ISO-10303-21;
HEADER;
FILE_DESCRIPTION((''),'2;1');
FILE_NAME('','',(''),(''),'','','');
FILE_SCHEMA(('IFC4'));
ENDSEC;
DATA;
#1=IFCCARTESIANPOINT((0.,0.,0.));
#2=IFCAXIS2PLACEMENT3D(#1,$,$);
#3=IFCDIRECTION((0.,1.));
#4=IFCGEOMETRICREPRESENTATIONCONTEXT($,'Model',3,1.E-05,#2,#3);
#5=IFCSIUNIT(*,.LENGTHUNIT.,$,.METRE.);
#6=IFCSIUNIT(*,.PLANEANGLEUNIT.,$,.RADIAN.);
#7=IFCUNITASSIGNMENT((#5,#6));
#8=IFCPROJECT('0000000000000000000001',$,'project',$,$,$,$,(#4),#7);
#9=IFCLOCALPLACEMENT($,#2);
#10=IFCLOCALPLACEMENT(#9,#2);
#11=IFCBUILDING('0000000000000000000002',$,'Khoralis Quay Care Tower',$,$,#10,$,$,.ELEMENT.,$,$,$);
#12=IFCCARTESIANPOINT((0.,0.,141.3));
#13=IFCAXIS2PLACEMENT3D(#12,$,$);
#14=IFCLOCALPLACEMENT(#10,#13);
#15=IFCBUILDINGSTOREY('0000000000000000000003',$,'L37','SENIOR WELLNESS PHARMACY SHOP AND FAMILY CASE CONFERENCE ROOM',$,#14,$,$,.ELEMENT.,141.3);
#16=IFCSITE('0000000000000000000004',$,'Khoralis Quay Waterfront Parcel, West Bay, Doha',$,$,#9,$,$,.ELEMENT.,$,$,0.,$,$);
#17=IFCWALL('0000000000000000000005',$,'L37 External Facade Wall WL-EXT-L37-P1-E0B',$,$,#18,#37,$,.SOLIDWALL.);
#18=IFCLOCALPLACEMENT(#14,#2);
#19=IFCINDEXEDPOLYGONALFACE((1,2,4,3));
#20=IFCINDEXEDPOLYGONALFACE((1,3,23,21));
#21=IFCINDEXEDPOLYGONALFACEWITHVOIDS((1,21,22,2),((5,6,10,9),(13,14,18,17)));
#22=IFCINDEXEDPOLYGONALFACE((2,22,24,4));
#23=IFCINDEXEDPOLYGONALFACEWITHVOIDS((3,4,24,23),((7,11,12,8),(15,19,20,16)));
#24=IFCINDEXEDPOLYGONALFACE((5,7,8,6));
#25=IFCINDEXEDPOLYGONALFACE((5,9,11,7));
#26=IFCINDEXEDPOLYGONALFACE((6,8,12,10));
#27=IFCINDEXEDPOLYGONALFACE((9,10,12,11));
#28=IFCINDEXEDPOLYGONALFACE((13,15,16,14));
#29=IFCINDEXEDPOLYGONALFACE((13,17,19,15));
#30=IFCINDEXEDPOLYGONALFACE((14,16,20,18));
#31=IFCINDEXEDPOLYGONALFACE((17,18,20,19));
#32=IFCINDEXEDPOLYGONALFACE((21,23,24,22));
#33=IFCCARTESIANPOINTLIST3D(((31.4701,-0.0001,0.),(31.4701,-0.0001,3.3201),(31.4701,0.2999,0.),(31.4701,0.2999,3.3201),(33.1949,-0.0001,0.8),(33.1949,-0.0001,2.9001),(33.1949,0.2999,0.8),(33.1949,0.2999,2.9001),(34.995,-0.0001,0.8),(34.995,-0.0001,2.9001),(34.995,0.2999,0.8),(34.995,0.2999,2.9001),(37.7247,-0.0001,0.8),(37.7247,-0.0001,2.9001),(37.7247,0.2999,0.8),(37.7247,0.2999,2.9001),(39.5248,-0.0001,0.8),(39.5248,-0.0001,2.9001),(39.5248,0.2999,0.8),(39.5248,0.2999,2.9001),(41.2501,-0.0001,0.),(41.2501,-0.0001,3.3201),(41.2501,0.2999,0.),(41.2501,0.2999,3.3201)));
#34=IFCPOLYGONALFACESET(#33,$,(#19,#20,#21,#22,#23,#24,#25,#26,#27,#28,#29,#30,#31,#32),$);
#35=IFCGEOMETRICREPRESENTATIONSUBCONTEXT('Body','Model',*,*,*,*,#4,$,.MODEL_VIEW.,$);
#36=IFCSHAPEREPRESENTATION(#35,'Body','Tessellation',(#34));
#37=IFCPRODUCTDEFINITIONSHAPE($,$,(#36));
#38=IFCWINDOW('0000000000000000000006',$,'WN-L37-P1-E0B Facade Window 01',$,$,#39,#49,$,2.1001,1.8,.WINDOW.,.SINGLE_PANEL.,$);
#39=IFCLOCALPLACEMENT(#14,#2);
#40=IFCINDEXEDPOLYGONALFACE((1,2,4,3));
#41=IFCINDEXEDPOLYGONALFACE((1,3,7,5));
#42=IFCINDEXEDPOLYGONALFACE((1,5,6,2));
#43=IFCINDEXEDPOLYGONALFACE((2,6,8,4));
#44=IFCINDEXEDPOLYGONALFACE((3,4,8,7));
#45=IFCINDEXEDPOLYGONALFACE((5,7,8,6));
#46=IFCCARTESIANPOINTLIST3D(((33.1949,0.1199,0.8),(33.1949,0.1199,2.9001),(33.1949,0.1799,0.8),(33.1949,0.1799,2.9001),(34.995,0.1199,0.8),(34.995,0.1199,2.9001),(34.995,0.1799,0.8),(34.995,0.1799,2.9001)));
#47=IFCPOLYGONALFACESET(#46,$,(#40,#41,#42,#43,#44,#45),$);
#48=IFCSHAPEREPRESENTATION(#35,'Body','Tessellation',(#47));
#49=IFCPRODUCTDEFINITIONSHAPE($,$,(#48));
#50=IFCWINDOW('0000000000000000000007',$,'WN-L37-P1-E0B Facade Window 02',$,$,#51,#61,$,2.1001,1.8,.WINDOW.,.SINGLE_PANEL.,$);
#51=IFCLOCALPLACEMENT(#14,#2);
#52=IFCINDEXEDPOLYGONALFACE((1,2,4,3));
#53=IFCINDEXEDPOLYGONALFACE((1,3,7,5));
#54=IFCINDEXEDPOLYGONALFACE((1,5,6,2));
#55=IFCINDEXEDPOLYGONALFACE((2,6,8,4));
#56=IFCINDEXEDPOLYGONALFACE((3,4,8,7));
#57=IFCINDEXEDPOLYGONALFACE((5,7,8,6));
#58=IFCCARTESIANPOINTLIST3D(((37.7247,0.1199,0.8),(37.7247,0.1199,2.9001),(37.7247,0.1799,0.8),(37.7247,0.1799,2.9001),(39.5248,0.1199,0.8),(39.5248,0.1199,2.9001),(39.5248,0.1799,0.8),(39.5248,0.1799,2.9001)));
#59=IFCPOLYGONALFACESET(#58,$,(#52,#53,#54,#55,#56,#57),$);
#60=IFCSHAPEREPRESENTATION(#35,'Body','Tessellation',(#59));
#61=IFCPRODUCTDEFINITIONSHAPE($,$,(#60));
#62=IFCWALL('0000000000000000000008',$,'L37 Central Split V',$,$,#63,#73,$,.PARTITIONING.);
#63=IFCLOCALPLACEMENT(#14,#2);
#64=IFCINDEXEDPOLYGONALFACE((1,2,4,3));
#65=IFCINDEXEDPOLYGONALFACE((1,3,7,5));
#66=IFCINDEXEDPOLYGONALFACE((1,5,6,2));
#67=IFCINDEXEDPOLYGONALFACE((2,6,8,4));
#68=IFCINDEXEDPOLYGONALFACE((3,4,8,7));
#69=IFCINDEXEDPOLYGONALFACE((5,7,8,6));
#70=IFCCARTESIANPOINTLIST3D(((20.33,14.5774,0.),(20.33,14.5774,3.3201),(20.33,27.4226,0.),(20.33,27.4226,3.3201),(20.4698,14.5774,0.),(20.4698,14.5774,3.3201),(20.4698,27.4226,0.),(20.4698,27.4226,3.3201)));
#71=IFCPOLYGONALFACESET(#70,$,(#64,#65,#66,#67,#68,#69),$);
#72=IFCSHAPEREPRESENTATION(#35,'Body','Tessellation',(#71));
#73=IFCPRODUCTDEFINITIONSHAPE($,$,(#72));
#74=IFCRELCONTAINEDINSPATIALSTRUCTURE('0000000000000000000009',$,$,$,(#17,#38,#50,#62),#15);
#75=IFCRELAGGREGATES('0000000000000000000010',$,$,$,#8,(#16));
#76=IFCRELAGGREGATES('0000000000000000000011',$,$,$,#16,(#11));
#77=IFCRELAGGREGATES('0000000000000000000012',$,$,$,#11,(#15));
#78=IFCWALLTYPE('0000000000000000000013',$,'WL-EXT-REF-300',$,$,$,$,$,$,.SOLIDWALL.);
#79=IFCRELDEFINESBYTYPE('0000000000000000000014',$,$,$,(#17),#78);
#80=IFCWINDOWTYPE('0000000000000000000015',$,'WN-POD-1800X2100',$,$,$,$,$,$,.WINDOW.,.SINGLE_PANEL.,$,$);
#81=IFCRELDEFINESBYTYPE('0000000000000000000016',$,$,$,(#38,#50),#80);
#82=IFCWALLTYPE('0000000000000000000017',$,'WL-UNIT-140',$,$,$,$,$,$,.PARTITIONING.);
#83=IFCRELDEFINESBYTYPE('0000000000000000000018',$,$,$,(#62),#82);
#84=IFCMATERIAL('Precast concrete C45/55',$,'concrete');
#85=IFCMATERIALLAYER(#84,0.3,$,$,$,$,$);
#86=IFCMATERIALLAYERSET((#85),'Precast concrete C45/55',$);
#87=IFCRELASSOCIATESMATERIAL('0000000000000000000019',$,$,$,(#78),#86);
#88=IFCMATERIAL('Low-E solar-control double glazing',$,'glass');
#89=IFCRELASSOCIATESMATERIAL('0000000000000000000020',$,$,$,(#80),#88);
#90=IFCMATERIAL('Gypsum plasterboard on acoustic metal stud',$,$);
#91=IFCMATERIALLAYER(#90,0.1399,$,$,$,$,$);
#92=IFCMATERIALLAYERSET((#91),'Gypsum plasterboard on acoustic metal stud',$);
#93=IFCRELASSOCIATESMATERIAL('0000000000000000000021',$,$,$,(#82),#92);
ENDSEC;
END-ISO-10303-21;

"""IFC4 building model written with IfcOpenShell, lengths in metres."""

from ifc_helpers import new_model, si_unit, direction, frame, frame_2d, origin, place, context, subcontext, project, spatial, rectangle, extrude, source, transform, mapped, material, layer, layer_set, type_object, element, fill, save


model = new_model("IFC4")

# Units and contexts
model_context = context("Model", 3, precision=1e-05, world=origin(), true_north=direction((0.0, 1.0)))
body_context = subcontext(model_context, "Body", "Model", "MODEL_VIEW")
ifc_project = project(units=[si_unit("LENGTHUNIT", "METRE"), si_unit("PLANEANGLEUNIT", "RADIAN")], contexts=[model_context])

# Site, building, storey
site_placement = place(None, origin())
site = spatial("IfcSite", under=ifc_project, at=site_placement, Name="Khoralis Quay Waterfront Parcel, West Bay, Doha", CompositionType="ELEMENT", RefElevation=0.0)
building_placement = place(site_placement, origin())
building = spatial("IfcBuilding", under=site, at=building_placement, Name="Khoralis Quay Care Tower", CompositionType="ELEMENT")
storey_placement = place(building_placement, frame((0.0, 0.0, 141.3)))
storey = spatial("IfcBuildingStorey", under=building, at=storey_placement, Name="L37", Description="SENIOR WELLNESS PHARMACY SHOP AND FAMILY CASE CONFERENCE ROOM", CompositionType="ELEMENT", Elevation=141.3)

# Shared definitions
ifc_material_1 = material(Name="Low-E solar-control double glazing", Category="glass")

# Shared definitions
ifc_material_2 = material(Name="Gypsum plasterboard on acoustic metal stud")

# Wall, openings, windows
ifc_material_3 = material(Name="Precast concrete C45/55", Category="concrete")
ifc_layer_1 = layer(ifc_material_3, 0.3)
ifc_layer_set_1 = layer_set([ifc_layer_1], Name="Precast concrete C45/55")
wall_type_1 = type_object("IfcWallType", Name="WL-EXT-REF-300", PredefinedType="SOLIDWALL", material=ifc_layer_set_1)
wall_1_placement = place(storey_placement, frame((31.47, 0.1499, 0.0), z_axis=(0.0, 0.0, 1.0), x_axis=(1.0, 0.0, 0.0)))
wall_1 = element("IfcWall", 1, at=wall_1_placement, inside=storey, type_object=wall_type_1, Name="L37 External Facade Wall WL-EXT-L37-P1-E0B", PredefinedType="SOLIDWALL", context=body_context, shape_type="SweptSolid", body=[
    extrude(rectangle(XDim=9.78, YDim=0.3, at=frame_2d((4.8901, 0.0))), origin(), (0.0, 0.0, 1.0), 3.3201),
])
opening_1_placement = place(wall_1_placement, frame((1.7251, 0.0, 0.8)))
opening_1 = element("IfcOpeningElement", 2, at=opening_1_placement, cuts=wall_1, PredefinedType="OPENING", context=body_context, shape_type="SweptSolid", body=[
    extrude(rectangle(XDim=1.8, YDim=2.1001, at=frame_2d((0.8999, 1.05))), frame((0.0, 0.1602, 0.0), z_axis=(0.0, -1.0, 0.0), x_axis=(1.0, 0.0, 0.0)), (0.0, 0.0, 1.0), 0.3201),
])
opening_2_placement = place(wall_1_placement, frame((6.2549, 0.0, 0.8)))
opening_2 = element("IfcOpeningElement", 3, at=opening_2_placement, cuts=wall_1, PredefinedType="OPENING", context=body_context, shape_type="SweptSolid", body=[
    extrude(rectangle(XDim=1.8, YDim=2.1001, at=frame_2d((0.8999, 1.05))), frame((0.0, 0.1602, 0.0), z_axis=(0.0, -1.0, 0.0), x_axis=(1.0, 0.0, 0.0)), (0.0, 0.0, 1.0), 0.3201),
])
window_type = type_object("IfcWindowType", Name="WN-POD-1800X2100", PartitioningType="SINGLE_PANEL", PredefinedType="WINDOW", material=ifc_material_1)
shared_shape_1 = source(origin(), body_context, "Body", "SweptSolid", [
    extrude(rectangle(XDim=1.8, YDim=2.1001, at=frame_2d((0.8999, 1.05))), frame((0.0, 0.03, 0.0), z_axis=(0.0, -1.0, 0.0), x_axis=(1.0, 0.0, 0.0)), (0.0, 0.0, 1.0), 0.0601),
])
window_1_placement = place(opening_1_placement, origin())
window_1 = element("IfcWindow", 4, at=window_1_placement, inside=storey, type_object=window_type, Name="WN-L37-P1-E0B Facade Window 01", OverallHeight=2.1001, OverallWidth=1.8, PartitioningType="SINGLE_PANEL", PredefinedType="WINDOW", context=body_context, shape_type="MappedRepresentation", body=[
    mapped(shared_shape_1, transform((0.0, 0.0, 0.0), scale=1.0)),
])
fill(opening_1, window_1)
window_2_placement = place(opening_2_placement, origin())
window_2 = element("IfcWindow", 5, at=window_2_placement, inside=storey, type_object=window_type, Name="WN-L37-P1-E0B Facade Window 02", OverallHeight=2.1001, OverallWidth=1.8, PartitioningType="SINGLE_PANEL", PredefinedType="WINDOW", context=body_context, shape_type="MappedRepresentation", body=[
    mapped(shared_shape_1, transform((0.0, 0.0, 0.0), scale=1.0)),
])
fill(opening_2, window_2)

# Wall
ifc_layer_2 = layer(ifc_material_2, 0.1399)
ifc_layer_set_2 = layer_set([ifc_layer_2], Name="Gypsum plasterboard on acoustic metal stud")
wall_type_2 = type_object("IfcWallType", Name="WL-UNIT-140", PredefinedType="PARTITIONING", material=ifc_layer_set_2)
wall_2_placement = place(storey_placement, frame((20.3999, 14.5774, 0.0), z_axis=(0.0, 0.0, 1.0), x_axis=(0.0, 1.0, 0.0)))
element("IfcWall", 6, at=wall_2_placement, inside=storey, type_object=wall_type_2, Name="L37 Central Split V", PredefinedType="PARTITIONING", context=body_context, shape_type="SweptSolid", body=[
    extrude(rectangle(XDim=12.8452, YDim=0.1399, at=frame_2d((6.4226, 0.0))), origin(), (0.0, 0.0, 1.0), 3.3201),
])

save(model, "model.ifc")
